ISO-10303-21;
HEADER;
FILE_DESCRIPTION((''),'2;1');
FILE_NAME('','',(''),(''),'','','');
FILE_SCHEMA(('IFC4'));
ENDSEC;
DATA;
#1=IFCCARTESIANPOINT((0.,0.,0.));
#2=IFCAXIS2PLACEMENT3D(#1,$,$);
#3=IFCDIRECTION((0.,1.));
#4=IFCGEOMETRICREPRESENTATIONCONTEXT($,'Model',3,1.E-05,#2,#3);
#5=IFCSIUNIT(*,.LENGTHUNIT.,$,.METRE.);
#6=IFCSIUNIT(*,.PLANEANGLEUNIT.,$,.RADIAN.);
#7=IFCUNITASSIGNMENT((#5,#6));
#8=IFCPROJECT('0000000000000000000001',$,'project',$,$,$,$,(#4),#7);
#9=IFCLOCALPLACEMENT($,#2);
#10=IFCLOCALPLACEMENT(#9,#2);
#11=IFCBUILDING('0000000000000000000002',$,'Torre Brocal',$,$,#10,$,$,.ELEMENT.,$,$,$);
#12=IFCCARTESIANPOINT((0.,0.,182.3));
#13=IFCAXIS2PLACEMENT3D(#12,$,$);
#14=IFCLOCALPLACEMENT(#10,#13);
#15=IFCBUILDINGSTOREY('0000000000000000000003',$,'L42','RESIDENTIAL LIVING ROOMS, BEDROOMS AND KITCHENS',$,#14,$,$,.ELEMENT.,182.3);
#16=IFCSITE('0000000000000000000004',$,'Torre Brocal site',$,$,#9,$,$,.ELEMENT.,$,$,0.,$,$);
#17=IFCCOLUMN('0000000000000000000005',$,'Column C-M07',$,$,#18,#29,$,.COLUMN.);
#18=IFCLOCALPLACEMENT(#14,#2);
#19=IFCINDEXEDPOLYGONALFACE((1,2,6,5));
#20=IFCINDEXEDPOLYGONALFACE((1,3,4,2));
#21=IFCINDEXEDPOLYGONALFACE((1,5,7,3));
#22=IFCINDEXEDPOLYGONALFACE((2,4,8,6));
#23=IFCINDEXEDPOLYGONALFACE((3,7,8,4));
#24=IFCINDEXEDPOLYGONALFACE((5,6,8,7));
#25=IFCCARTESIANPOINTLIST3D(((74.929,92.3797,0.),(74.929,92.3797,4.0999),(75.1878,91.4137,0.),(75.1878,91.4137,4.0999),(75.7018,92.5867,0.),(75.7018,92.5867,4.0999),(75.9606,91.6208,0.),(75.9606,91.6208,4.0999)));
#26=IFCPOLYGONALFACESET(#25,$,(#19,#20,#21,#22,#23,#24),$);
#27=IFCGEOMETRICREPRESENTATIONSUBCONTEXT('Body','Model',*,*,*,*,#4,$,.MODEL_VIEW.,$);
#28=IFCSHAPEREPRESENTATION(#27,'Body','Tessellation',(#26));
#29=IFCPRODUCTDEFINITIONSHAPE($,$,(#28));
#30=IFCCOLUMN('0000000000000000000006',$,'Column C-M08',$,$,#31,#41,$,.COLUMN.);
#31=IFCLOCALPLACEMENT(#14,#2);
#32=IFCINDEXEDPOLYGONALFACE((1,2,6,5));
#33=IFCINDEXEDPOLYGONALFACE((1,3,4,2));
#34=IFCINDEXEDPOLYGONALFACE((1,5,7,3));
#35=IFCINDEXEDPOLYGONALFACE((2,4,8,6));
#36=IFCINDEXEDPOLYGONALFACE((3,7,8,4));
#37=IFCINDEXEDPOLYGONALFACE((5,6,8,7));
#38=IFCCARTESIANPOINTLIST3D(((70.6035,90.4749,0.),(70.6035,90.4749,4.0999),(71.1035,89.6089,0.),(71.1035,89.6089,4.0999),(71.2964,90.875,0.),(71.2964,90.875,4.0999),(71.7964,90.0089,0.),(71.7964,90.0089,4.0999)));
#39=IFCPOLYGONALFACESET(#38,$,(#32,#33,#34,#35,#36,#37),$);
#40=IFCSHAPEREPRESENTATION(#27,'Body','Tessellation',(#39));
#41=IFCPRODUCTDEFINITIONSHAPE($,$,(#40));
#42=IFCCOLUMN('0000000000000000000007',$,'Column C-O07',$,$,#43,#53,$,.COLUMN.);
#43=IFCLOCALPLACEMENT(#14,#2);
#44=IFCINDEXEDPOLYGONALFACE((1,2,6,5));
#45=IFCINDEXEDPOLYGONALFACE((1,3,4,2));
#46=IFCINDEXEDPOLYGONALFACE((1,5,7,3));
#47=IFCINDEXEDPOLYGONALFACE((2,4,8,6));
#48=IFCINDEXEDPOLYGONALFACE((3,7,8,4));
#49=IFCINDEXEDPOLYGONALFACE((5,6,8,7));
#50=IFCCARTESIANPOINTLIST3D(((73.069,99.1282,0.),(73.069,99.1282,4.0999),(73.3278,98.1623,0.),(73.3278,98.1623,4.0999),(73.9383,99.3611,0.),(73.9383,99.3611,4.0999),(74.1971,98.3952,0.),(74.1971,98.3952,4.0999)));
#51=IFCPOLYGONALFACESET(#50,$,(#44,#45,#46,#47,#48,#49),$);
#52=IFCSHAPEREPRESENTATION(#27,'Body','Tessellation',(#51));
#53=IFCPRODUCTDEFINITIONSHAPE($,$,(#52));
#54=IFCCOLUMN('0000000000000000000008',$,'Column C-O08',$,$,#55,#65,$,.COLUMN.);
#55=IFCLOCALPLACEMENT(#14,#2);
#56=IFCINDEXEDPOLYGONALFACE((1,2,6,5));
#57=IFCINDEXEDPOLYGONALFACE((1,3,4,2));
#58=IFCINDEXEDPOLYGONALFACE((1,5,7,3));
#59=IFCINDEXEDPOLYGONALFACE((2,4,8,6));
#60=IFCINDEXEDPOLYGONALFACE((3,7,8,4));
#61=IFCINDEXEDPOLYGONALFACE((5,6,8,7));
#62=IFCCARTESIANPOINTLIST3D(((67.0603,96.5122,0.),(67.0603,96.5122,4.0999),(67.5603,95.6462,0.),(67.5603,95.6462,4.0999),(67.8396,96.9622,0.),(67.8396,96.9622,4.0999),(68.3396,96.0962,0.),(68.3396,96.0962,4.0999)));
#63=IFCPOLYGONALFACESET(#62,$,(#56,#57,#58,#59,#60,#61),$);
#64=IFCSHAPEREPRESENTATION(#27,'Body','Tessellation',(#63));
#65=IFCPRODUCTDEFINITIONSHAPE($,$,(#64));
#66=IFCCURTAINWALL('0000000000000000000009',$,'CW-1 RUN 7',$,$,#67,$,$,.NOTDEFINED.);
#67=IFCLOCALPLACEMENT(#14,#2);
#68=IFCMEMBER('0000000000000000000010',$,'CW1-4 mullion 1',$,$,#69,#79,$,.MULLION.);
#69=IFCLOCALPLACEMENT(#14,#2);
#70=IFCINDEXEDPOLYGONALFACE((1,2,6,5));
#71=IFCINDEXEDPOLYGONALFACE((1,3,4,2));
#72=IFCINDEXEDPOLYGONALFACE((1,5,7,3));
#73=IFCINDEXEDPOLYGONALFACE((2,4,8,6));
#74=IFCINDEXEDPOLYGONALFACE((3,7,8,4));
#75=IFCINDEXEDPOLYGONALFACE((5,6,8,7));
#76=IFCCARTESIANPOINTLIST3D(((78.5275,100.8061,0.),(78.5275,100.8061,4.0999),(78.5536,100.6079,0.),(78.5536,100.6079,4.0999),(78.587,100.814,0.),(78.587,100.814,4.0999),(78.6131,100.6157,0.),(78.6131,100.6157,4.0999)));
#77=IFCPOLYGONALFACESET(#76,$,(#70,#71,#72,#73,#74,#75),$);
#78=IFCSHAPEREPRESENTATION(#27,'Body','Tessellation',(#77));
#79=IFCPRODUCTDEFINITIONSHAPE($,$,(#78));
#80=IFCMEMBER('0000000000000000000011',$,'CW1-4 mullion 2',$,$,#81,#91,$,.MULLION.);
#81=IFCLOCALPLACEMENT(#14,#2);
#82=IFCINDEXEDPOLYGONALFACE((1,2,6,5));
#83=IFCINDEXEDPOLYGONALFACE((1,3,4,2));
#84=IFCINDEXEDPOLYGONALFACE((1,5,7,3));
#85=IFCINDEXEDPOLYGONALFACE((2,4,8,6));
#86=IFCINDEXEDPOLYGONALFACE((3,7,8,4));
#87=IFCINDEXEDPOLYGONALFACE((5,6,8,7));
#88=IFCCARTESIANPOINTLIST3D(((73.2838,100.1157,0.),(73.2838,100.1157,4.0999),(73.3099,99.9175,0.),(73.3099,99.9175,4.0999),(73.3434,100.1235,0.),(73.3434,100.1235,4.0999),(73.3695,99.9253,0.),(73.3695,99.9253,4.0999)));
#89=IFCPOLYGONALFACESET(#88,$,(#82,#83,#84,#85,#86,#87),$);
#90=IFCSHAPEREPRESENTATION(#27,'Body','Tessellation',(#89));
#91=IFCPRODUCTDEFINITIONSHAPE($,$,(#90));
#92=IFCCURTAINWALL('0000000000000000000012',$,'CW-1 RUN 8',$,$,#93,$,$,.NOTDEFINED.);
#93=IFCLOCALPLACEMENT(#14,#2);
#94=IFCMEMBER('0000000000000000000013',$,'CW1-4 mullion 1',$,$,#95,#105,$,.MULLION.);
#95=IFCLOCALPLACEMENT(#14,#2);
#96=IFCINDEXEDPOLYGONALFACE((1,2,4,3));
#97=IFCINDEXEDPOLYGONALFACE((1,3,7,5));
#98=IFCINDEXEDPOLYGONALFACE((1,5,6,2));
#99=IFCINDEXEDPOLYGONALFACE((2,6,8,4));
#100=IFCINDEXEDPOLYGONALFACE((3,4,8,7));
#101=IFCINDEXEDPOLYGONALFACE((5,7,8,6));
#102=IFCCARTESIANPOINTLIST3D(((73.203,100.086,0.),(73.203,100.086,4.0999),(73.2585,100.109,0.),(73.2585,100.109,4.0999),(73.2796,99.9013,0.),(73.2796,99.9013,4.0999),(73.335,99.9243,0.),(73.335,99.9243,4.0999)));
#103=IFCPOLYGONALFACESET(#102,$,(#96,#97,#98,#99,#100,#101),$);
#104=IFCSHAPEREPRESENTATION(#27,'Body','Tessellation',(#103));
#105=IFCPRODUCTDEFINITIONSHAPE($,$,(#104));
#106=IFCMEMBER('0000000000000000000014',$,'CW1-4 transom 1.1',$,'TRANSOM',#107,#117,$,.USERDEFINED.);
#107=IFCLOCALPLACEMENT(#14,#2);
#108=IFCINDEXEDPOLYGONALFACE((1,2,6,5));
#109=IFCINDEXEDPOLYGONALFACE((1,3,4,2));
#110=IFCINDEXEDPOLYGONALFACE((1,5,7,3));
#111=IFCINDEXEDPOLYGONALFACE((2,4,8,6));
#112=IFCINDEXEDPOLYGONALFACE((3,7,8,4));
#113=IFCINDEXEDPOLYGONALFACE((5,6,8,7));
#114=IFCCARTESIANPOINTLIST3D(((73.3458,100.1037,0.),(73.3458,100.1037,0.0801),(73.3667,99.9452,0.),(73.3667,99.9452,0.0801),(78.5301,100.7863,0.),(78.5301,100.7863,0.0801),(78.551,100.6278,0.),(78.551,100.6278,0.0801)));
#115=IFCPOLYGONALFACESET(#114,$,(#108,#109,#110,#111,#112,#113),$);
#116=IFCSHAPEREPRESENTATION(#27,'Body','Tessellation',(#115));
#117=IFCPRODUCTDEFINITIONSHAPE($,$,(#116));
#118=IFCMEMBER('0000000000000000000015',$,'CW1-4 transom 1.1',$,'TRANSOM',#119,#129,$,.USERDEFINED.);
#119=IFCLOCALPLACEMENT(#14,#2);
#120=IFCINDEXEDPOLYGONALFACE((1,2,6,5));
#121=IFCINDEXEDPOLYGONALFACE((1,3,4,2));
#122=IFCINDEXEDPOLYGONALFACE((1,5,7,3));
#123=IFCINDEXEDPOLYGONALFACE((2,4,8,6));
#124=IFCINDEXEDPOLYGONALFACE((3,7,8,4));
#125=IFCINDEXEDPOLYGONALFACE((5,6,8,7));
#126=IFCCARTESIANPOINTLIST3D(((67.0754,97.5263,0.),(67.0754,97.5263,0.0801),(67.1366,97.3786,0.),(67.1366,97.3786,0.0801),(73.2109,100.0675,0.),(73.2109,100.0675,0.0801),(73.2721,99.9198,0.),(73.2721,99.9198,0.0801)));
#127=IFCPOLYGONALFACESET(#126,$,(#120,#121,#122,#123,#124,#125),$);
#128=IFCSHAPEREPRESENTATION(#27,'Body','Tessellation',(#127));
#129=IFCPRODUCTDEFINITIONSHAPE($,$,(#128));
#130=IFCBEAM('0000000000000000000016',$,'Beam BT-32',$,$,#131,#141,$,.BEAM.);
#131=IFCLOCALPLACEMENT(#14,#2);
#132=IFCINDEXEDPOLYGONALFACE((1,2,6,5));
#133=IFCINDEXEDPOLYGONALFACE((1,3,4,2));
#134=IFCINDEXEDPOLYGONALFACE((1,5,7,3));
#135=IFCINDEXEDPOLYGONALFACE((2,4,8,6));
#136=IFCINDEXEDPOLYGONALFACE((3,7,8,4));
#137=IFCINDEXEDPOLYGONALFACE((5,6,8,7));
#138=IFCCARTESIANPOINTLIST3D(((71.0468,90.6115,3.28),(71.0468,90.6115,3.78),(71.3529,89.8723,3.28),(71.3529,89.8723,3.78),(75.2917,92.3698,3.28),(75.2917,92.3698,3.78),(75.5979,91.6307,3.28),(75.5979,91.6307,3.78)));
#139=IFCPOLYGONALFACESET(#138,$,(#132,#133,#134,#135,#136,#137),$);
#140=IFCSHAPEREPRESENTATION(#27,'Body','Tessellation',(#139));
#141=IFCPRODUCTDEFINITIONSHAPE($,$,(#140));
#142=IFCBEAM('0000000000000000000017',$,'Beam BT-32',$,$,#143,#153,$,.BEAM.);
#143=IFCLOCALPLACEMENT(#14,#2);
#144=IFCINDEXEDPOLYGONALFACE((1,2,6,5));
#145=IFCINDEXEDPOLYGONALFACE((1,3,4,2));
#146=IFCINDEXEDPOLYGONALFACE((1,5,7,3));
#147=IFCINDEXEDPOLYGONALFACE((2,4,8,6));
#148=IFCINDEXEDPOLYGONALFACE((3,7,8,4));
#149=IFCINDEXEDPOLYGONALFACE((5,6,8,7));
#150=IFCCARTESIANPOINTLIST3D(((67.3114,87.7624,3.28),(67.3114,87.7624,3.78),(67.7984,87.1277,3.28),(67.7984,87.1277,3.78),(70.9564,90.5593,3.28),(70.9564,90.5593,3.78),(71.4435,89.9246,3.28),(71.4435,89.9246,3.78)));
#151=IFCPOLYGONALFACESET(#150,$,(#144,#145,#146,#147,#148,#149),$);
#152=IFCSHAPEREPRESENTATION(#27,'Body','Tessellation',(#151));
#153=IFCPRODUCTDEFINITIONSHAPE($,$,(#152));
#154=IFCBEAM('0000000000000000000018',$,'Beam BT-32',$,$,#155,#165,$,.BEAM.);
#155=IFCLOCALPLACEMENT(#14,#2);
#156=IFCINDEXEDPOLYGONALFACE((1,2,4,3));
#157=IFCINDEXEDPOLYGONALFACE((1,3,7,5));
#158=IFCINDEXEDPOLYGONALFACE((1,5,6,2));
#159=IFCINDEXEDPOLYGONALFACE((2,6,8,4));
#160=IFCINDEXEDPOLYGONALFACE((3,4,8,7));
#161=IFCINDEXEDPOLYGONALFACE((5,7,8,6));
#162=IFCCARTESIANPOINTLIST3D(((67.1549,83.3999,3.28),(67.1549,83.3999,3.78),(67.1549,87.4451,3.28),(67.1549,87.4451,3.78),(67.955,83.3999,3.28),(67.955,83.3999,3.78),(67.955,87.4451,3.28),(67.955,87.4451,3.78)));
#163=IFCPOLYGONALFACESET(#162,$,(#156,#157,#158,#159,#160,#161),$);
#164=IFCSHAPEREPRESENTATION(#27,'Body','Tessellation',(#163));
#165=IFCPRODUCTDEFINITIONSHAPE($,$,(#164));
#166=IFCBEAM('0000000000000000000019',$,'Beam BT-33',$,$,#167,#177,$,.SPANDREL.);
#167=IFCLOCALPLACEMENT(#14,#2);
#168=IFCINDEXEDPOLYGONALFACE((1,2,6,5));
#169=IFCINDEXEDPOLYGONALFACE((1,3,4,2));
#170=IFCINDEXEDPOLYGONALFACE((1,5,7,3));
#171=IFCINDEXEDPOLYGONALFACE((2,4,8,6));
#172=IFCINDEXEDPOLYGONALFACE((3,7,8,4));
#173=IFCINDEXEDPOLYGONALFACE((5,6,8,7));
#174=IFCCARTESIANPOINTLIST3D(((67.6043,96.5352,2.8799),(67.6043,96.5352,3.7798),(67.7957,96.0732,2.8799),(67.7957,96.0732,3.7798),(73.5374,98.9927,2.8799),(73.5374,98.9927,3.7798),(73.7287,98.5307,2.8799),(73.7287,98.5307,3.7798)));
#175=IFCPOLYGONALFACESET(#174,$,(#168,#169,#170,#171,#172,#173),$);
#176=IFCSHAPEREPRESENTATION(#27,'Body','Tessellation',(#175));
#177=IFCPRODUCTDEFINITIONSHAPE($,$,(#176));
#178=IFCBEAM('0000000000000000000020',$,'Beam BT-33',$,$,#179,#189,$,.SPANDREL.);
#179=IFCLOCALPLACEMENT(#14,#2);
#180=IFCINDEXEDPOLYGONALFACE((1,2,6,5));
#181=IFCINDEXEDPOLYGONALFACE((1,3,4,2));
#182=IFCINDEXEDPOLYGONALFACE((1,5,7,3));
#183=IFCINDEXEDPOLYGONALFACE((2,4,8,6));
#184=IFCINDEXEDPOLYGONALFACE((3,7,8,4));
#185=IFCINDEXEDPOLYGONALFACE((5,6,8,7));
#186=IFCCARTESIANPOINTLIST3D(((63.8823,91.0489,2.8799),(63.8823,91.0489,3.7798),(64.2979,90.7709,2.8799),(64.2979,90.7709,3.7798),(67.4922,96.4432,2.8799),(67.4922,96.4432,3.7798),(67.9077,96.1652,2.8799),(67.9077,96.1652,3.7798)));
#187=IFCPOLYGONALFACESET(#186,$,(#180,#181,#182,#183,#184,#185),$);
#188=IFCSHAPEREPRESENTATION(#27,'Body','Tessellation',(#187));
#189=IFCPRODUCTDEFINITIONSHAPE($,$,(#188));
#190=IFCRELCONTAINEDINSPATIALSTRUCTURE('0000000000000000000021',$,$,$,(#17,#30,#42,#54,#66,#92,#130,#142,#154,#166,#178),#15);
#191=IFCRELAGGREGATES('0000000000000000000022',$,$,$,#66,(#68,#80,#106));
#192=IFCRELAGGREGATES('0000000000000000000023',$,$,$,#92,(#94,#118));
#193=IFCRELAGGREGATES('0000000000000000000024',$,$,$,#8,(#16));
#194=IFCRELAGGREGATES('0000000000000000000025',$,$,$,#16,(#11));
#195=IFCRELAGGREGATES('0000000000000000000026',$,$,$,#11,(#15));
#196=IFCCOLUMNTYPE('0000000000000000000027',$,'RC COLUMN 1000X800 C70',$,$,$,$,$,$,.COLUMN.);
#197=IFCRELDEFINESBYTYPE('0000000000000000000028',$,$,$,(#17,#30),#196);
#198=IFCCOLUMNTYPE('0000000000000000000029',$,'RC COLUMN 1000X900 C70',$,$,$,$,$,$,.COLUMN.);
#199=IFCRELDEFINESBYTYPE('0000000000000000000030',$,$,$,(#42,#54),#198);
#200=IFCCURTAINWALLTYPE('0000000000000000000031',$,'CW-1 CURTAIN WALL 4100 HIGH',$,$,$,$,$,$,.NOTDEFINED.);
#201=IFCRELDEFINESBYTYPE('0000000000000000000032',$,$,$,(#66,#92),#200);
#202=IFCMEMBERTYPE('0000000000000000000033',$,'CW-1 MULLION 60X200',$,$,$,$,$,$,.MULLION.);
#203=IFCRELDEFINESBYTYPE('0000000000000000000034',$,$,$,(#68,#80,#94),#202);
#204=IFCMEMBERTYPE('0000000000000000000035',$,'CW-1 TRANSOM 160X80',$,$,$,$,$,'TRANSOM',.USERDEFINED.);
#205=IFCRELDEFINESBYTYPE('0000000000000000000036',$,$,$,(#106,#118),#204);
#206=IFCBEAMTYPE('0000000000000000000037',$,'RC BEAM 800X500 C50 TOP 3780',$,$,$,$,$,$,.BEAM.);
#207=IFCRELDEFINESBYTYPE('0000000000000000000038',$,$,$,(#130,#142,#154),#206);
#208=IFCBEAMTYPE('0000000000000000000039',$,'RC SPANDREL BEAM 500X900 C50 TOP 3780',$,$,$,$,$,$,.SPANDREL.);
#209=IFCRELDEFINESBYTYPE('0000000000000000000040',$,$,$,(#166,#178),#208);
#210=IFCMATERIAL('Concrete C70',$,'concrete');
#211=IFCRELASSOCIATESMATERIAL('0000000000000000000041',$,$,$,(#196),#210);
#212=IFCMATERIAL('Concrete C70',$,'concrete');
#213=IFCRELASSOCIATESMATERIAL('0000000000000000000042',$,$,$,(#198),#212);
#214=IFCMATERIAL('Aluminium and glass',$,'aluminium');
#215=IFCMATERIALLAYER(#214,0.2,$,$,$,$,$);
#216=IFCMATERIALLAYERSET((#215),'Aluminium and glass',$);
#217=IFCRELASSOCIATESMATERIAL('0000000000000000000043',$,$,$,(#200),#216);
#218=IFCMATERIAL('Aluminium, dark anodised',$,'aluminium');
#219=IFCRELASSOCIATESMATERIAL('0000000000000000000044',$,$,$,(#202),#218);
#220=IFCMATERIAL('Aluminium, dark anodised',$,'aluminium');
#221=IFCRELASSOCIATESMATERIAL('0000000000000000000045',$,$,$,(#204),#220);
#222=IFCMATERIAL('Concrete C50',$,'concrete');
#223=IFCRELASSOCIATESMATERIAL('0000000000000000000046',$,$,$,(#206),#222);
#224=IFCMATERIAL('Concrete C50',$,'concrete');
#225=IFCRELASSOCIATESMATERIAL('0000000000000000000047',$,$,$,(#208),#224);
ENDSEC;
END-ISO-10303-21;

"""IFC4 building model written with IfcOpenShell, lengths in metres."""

from ifc_helpers import new_model, si_unit, direction, frame, origin, origin_2d, place, context, subcontext, project, spatial, rectangle, extrude, material, layer, layer_set, material_profile, profile_set, type_object, element, aggregate, save


model = new_model("IFC4")

# Units and contexts
model_context = context("Model", 3, precision=1e-05, world=origin(), true_north=direction((0.0, 1.0)))
body_context = subcontext(model_context, "Body", "Model", "MODEL_VIEW")
ifc_project = project(units=[si_unit("LENGTHUNIT", "METRE"), si_unit("PLANEANGLEUNIT", "RADIAN")], contexts=[model_context])

# Site, building, storey
site_placement = place(None, origin())
site = spatial("IfcSite", under=ifc_project, at=site_placement, Name="Torre Brocal site", CompositionType="ELEMENT", RefElevation=0.0)
building_placement = place(site_placement, origin())
building = spatial("IfcBuilding", under=site, at=building_placement, Name="Torre Brocal", CompositionType="ELEMENT")
storey_placement = place(building_placement, frame((0.0, 0.0, 182.3)))
storey = spatial("IfcBuildingStorey", under=building, at=storey_placement, Name="L42", Description="RESIDENTIAL LIVING ROOMS, BEDROOMS AND KITCHENS", CompositionType="ELEMENT", Elevation=182.3)

# Columns
ifc_material_1 = material(Name="Concrete C70", Category="concrete")
ifc_material_profile_1 = material_profile(ifc_material_1, rectangle(XDim=1.0, YDim=0.8, at=origin_2d()), Name="RC 1000X800")
ifc_profile_set_1 = profile_set([ifc_material_profile_1], Name="Concrete C70")
column_type_1 = type_object("IfcColumnType", Name="RC COLUMN 1000X800 C70", PredefinedType="COLUMN", material=ifc_profile_set_1)
for number, where, z_axis, x_axis, name in (
    (1, (75.4448, 92.0002, 0.0), (0.0, 0.0, 1.0), (-0.258819, 0.965926, 0.0), "Column C-M07"),
    (2, (71.2, 90.2419, 0.0), (0.0, 0.0, 1.0), (-0.5, 0.866025, 0.0), "Column C-M08"),
):
    element("IfcColumn", number, at=place(storey_placement, frame(where, z_axis=z_axis, x_axis=x_axis)), inside=storey, type_object=column_type_1, Name=name, PredefinedType="COLUMN", context=body_context, shape_type="SweptSolid", body=[
        extrude(rectangle(XDim=1.0, YDim=0.8, at=origin_2d()), origin(), (0.0, 0.0, 1.0), 4.0999),
    ])
ifc_material_2 = material(Name="Concrete C70", Category="concrete")
ifc_material_profile_2 = material_profile(ifc_material_2, rectangle(XDim=1.0, YDim=0.8999, at=origin_2d()), Name="RC 1000X900")
ifc_profile_set_2 = profile_set([ifc_material_profile_2], Name="Concrete C70")
column_type_2 = type_object("IfcColumnType", Name="RC COLUMN 1000X900 C70", PredefinedType="COLUMN", material=ifc_profile_set_2)
for number, where, z_axis, x_axis, name in (
    (3, (73.6331, 98.7617, 0.0), (0.0, 0.0, 1.0), (-0.258819, 0.965926, 0.0), "Column C-O07"),
    (4, (67.7, 96.3042, 0.0), (0.0, 0.0, 1.0), (-0.5, 0.866025, 0.0), "Column C-O08"),
):
    element("IfcColumn", number, at=place(storey_placement, frame(where, z_axis=z_axis, x_axis=x_axis)), inside=storey, type_object=column_type_2, Name=name, PredefinedType="COLUMN", context=body_context, shape_type="SweptSolid", body=[
        extrude(rectangle(XDim=1.0, YDim=0.8999, at=origin_2d()), origin(), (0.0, 0.0, 1.0), 4.0999),
    ])

# Curtain wall, members
ifc_material_3 = material(Name="Aluminium and glass", Category="aluminium")
ifc_layer_1 = layer(ifc_material_3, 0.2)
ifc_layer_set_1 = layer_set([ifc_layer_1], Name="Aluminium and glass")
curtain_wall_type = type_object("IfcCurtainWallType", Name="CW-1 CURTAIN WALL 4100 HIGH", PredefinedType="NOTDEFINED", material=ifc_layer_set_1)
curtain_wall_1_placement = place(storey_placement, origin())
curtain_wall_1 = element("IfcCurtainWall", 5, at=curtain_wall_1_placement, inside=storey, type_object=curtain_wall_type, Name="CW-1 RUN 7", PredefinedType="NOTDEFINED")
ifc_material_4 = material(Name="Aluminium, dark anodised", Category="aluminium")
ifc_material_profile_3 = material_profile(ifc_material_4, rectangle(XDim=0.2, YDim=0.0601, at=origin_2d()), Name="CW-1 MULLION 60X200")
ifc_profile_set_3 = profile_set([ifc_material_profile_3], Name="Aluminium, dark anodised")
member_type_1 = type_object("IfcMemberType", Name="CW-1 MULLION 60X200", PredefinedType="MULLION", material=ifc_profile_set_3)
member_1_placement = place(storey_placement, frame((78.5703, 100.7109, 0.0), z_axis=(0.0, 0.0, 1.0), x_axis=(0.130526, -0.991445, 0.0)))
member_1 = element("IfcMember", 6, at=member_1_placement, type_object=member_type_1, Name="CW1-4 mullion 1", PredefinedType="MULLION", context=body_context, shape_type="SweptSolid", body=[
    extrude(rectangle(XDim=0.2, YDim=0.0601, at=origin_2d()), origin(), (0.0, 0.0, 1.0), 4.0999),
])
member_2_placement = place(storey_placement, frame((73.3267, 100.0205, 0.0), z_axis=(0.0, 0.0, 1.0), x_axis=(0.130526, -0.991445, 0.0)))
member_2 = element("IfcMember", 7, at=member_2_placement, type_object=member_type_1, Name="CW1-4 mullion 2", PredefinedType="MULLION", context=body_context, shape_type="SweptSolid", body=[
    extrude(rectangle(XDim=0.2, YDim=0.0601, at=origin_2d()), origin(), (0.0, 0.0, 1.0), 4.0999),
])

# Curtain wall, member
curtain_wall_2_placement = place(storey_placement, origin())
curtain_wall_2 = element("IfcCurtainWall", 8, at=curtain_wall_2_placement, inside=storey, type_object=curtain_wall_type, Name="CW-1 RUN 8", PredefinedType="NOTDEFINED")
member_3_placement = place(storey_placement, frame((73.269, 100.0051, 0.0), z_axis=(0.0, 0.0, 1.0), x_axis=(0.382683, -0.92388, 0.0)))
member_3 = element("IfcMember", 9, at=member_3_placement, type_object=member_type_1, Name="CW1-4 mullion 1", PredefinedType="MULLION", context=body_context, shape_type="SweptSolid", body=[
    extrude(rectangle(XDim=0.2, YDim=0.0601, at=origin_2d()), origin(), (0.0, 0.0, 1.0), 4.0999),
])

# Members
ifc_material_5 = material(Name="Aluminium, dark anodised", Category="aluminium")
ifc_material_profile_4 = material_profile(ifc_material_5, rectangle(XDim=0.1599, YDim=0.0801, at=origin_2d()), Name="CW-1 TRANSOM 160X80")
ifc_profile_set_4 = profile_set([ifc_material_profile_4], Name="Aluminium, dark anodised")
member_type_2 = type_object("IfcMemberType", Name="CW-1 TRANSOM 160X80", ElementType="TRANSOM", PredefinedType="USERDEFINED", material=ifc_profile_set_4)
member_4_placement = place(storey_placement, frame((78.5405, 100.707, 0.04), z_axis=(-0.991443, -0.130543, 0.0), x_axis=(0.130543, -0.991443, 0.0)))
member_4 = element("IfcMember", 10, at=member_4_placement, type_object=member_type_2, Name="CW1-4 transom 1.1", ObjectType="TRANSOM", PredefinedType="USERDEFINED", context=body_context, shape_type="SweptSolid", body=[
    extrude(rectangle(XDim=0.1599, YDim=0.0801, at=origin_2d()), origin(), (0.0, 0.0, 1.0), 5.229),
])
member_5_placement = place(storey_placement, frame((73.2415, 99.9937, 0.04), z_axis=(-0.923887, -0.382665, 0.0), x_axis=(0.382665, -0.923887, 0.0)))
member_5 = element("IfcMember", 11, at=member_5_placement, type_object=member_type_2, Name="CW1-4 transom 1.1", ObjectType="TRANSOM", PredefinedType="USERDEFINED", context=body_context, shape_type="SweptSolid", body=[
    extrude(rectangle(XDim=0.1599, YDim=0.0801, at=origin_2d()), origin(), (0.0, 0.0, 1.0), 6.6409),
])

# Beams
ifc_material_6 = material(Name="Concrete C50", Category="concrete")
ifc_material_profile_5 = material_profile(ifc_material_6, rectangle(XDim=0.8, YDim=0.5, at=origin_2d()), Name="RC 800X500")
ifc_profile_set_5 = profile_set([ifc_material_profile_5], Name="Concrete C50")
beam_type_1 = type_object("IfcBeamType", Name="RC BEAM 800X500 C50 TOP 3780", PredefinedType="BEAM", material=ifc_profile_set_5)
beam_1_placement = place(storey_placement, frame((75.4448, 92.0002, 3.53), z_axis=(-0.923878, -0.382687, 0.0), x_axis=(0.382687, -0.923878, 0.0)))
element("IfcBeam", 12, at=beam_1_placement, inside=storey, type_object=beam_type_1, Name="Beam BT-32", PredefinedType="BEAM", context=body_context, shape_type="SweptSolid", body=[
    extrude(rectangle(XDim=0.8, YDim=0.5, at=origin_2d()), origin(), (0.0, 0.0, 1.0), 4.5947),
])
beam_2_placement = place(storey_placement, frame((71.2, 90.2419, 3.53), z_axis=(-0.793358, -0.608755, 0.0), x_axis=(0.608755, -0.793358, 0.0)))
element("IfcBeam", 13, at=beam_2_placement, inside=storey, type_object=beam_type_1, Name="Beam BT-32", PredefinedType="BEAM", context=body_context, shape_type="SweptSolid", body=[
    extrude(rectangle(XDim=0.8, YDim=0.5, at=origin_2d()), origin(), (0.0, 0.0, 1.0), 4.5945),
])
beam_3_placement = place(storey_placement, frame((67.5549, 87.4451, 3.53), z_axis=(0.0, -1.0, 0.0), x_axis=(1.0, 0.0, 0.0)))
element("IfcBeam", 14, at=beam_3_placement, inside=storey, type_object=beam_type_1, Name="Beam BT-32", PredefinedType="BEAM", context=body_context, shape_type="SweptSolid", body=[
    extrude(rectangle(XDim=0.8, YDim=0.5, at=origin_2d()), origin(), (0.0, 0.0, 1.0), 4.0452),
])
ifc_material_7 = material(Name="Concrete C50", Category="concrete")
ifc_material_profile_6 = material_profile(ifc_material_7, rectangle(XDim=0.5, YDim=0.8999, at=origin_2d()), Name="RC 500X900")
ifc_profile_set_6 = profile_set([ifc_material_profile_6], Name="Concrete C50")
beam_type_2 = type_object("IfcBeamType", Name="RC SPANDREL BEAM 500X900 C50 TOP 3780", PredefinedType="SPANDREL", material=ifc_profile_set_6)
beam_4_placement = place(storey_placement, frame((73.6331, 98.7617, 3.3298), z_axis=(-0.923882, -0.382676, 0.0), x_axis=(0.382676, -0.923882, 0.0)))
element("IfcBeam", 15, at=beam_4_placement, inside=storey, type_object=beam_type_2, Name="Beam BT-33", PredefinedType="SPANDREL", context=body_context, shape_type="SweptSolid", body=[
    extrude(rectangle(XDim=0.5, YDim=0.8999, at=origin_2d()), origin(), (0.0, 0.0, 1.0), 6.4219),
])
beam_5_placement = place(storey_placement, frame((67.7, 96.3042, 3.3298), z_axis=(-0.556158, -0.831077, 0.0), x_axis=(0.831077, -0.556158, 0.0)))
element("IfcBeam", 16, at=beam_5_placement, inside=storey, type_object=beam_type_2, Name="Beam BT-33", PredefinedType="SPANDREL", context=body_context, shape_type="SweptSolid", body=[
    extrude(rectangle(XDim=0.5, YDim=0.8999, at=origin_2d()), origin(), (0.0, 0.0, 1.0), 6.4907),
])

aggregate(curtain_wall_1, [member_1, member_2, member_4])
aggregate(curtain_wall_2, [member_3, member_5])

save(model, "model.ifc")
